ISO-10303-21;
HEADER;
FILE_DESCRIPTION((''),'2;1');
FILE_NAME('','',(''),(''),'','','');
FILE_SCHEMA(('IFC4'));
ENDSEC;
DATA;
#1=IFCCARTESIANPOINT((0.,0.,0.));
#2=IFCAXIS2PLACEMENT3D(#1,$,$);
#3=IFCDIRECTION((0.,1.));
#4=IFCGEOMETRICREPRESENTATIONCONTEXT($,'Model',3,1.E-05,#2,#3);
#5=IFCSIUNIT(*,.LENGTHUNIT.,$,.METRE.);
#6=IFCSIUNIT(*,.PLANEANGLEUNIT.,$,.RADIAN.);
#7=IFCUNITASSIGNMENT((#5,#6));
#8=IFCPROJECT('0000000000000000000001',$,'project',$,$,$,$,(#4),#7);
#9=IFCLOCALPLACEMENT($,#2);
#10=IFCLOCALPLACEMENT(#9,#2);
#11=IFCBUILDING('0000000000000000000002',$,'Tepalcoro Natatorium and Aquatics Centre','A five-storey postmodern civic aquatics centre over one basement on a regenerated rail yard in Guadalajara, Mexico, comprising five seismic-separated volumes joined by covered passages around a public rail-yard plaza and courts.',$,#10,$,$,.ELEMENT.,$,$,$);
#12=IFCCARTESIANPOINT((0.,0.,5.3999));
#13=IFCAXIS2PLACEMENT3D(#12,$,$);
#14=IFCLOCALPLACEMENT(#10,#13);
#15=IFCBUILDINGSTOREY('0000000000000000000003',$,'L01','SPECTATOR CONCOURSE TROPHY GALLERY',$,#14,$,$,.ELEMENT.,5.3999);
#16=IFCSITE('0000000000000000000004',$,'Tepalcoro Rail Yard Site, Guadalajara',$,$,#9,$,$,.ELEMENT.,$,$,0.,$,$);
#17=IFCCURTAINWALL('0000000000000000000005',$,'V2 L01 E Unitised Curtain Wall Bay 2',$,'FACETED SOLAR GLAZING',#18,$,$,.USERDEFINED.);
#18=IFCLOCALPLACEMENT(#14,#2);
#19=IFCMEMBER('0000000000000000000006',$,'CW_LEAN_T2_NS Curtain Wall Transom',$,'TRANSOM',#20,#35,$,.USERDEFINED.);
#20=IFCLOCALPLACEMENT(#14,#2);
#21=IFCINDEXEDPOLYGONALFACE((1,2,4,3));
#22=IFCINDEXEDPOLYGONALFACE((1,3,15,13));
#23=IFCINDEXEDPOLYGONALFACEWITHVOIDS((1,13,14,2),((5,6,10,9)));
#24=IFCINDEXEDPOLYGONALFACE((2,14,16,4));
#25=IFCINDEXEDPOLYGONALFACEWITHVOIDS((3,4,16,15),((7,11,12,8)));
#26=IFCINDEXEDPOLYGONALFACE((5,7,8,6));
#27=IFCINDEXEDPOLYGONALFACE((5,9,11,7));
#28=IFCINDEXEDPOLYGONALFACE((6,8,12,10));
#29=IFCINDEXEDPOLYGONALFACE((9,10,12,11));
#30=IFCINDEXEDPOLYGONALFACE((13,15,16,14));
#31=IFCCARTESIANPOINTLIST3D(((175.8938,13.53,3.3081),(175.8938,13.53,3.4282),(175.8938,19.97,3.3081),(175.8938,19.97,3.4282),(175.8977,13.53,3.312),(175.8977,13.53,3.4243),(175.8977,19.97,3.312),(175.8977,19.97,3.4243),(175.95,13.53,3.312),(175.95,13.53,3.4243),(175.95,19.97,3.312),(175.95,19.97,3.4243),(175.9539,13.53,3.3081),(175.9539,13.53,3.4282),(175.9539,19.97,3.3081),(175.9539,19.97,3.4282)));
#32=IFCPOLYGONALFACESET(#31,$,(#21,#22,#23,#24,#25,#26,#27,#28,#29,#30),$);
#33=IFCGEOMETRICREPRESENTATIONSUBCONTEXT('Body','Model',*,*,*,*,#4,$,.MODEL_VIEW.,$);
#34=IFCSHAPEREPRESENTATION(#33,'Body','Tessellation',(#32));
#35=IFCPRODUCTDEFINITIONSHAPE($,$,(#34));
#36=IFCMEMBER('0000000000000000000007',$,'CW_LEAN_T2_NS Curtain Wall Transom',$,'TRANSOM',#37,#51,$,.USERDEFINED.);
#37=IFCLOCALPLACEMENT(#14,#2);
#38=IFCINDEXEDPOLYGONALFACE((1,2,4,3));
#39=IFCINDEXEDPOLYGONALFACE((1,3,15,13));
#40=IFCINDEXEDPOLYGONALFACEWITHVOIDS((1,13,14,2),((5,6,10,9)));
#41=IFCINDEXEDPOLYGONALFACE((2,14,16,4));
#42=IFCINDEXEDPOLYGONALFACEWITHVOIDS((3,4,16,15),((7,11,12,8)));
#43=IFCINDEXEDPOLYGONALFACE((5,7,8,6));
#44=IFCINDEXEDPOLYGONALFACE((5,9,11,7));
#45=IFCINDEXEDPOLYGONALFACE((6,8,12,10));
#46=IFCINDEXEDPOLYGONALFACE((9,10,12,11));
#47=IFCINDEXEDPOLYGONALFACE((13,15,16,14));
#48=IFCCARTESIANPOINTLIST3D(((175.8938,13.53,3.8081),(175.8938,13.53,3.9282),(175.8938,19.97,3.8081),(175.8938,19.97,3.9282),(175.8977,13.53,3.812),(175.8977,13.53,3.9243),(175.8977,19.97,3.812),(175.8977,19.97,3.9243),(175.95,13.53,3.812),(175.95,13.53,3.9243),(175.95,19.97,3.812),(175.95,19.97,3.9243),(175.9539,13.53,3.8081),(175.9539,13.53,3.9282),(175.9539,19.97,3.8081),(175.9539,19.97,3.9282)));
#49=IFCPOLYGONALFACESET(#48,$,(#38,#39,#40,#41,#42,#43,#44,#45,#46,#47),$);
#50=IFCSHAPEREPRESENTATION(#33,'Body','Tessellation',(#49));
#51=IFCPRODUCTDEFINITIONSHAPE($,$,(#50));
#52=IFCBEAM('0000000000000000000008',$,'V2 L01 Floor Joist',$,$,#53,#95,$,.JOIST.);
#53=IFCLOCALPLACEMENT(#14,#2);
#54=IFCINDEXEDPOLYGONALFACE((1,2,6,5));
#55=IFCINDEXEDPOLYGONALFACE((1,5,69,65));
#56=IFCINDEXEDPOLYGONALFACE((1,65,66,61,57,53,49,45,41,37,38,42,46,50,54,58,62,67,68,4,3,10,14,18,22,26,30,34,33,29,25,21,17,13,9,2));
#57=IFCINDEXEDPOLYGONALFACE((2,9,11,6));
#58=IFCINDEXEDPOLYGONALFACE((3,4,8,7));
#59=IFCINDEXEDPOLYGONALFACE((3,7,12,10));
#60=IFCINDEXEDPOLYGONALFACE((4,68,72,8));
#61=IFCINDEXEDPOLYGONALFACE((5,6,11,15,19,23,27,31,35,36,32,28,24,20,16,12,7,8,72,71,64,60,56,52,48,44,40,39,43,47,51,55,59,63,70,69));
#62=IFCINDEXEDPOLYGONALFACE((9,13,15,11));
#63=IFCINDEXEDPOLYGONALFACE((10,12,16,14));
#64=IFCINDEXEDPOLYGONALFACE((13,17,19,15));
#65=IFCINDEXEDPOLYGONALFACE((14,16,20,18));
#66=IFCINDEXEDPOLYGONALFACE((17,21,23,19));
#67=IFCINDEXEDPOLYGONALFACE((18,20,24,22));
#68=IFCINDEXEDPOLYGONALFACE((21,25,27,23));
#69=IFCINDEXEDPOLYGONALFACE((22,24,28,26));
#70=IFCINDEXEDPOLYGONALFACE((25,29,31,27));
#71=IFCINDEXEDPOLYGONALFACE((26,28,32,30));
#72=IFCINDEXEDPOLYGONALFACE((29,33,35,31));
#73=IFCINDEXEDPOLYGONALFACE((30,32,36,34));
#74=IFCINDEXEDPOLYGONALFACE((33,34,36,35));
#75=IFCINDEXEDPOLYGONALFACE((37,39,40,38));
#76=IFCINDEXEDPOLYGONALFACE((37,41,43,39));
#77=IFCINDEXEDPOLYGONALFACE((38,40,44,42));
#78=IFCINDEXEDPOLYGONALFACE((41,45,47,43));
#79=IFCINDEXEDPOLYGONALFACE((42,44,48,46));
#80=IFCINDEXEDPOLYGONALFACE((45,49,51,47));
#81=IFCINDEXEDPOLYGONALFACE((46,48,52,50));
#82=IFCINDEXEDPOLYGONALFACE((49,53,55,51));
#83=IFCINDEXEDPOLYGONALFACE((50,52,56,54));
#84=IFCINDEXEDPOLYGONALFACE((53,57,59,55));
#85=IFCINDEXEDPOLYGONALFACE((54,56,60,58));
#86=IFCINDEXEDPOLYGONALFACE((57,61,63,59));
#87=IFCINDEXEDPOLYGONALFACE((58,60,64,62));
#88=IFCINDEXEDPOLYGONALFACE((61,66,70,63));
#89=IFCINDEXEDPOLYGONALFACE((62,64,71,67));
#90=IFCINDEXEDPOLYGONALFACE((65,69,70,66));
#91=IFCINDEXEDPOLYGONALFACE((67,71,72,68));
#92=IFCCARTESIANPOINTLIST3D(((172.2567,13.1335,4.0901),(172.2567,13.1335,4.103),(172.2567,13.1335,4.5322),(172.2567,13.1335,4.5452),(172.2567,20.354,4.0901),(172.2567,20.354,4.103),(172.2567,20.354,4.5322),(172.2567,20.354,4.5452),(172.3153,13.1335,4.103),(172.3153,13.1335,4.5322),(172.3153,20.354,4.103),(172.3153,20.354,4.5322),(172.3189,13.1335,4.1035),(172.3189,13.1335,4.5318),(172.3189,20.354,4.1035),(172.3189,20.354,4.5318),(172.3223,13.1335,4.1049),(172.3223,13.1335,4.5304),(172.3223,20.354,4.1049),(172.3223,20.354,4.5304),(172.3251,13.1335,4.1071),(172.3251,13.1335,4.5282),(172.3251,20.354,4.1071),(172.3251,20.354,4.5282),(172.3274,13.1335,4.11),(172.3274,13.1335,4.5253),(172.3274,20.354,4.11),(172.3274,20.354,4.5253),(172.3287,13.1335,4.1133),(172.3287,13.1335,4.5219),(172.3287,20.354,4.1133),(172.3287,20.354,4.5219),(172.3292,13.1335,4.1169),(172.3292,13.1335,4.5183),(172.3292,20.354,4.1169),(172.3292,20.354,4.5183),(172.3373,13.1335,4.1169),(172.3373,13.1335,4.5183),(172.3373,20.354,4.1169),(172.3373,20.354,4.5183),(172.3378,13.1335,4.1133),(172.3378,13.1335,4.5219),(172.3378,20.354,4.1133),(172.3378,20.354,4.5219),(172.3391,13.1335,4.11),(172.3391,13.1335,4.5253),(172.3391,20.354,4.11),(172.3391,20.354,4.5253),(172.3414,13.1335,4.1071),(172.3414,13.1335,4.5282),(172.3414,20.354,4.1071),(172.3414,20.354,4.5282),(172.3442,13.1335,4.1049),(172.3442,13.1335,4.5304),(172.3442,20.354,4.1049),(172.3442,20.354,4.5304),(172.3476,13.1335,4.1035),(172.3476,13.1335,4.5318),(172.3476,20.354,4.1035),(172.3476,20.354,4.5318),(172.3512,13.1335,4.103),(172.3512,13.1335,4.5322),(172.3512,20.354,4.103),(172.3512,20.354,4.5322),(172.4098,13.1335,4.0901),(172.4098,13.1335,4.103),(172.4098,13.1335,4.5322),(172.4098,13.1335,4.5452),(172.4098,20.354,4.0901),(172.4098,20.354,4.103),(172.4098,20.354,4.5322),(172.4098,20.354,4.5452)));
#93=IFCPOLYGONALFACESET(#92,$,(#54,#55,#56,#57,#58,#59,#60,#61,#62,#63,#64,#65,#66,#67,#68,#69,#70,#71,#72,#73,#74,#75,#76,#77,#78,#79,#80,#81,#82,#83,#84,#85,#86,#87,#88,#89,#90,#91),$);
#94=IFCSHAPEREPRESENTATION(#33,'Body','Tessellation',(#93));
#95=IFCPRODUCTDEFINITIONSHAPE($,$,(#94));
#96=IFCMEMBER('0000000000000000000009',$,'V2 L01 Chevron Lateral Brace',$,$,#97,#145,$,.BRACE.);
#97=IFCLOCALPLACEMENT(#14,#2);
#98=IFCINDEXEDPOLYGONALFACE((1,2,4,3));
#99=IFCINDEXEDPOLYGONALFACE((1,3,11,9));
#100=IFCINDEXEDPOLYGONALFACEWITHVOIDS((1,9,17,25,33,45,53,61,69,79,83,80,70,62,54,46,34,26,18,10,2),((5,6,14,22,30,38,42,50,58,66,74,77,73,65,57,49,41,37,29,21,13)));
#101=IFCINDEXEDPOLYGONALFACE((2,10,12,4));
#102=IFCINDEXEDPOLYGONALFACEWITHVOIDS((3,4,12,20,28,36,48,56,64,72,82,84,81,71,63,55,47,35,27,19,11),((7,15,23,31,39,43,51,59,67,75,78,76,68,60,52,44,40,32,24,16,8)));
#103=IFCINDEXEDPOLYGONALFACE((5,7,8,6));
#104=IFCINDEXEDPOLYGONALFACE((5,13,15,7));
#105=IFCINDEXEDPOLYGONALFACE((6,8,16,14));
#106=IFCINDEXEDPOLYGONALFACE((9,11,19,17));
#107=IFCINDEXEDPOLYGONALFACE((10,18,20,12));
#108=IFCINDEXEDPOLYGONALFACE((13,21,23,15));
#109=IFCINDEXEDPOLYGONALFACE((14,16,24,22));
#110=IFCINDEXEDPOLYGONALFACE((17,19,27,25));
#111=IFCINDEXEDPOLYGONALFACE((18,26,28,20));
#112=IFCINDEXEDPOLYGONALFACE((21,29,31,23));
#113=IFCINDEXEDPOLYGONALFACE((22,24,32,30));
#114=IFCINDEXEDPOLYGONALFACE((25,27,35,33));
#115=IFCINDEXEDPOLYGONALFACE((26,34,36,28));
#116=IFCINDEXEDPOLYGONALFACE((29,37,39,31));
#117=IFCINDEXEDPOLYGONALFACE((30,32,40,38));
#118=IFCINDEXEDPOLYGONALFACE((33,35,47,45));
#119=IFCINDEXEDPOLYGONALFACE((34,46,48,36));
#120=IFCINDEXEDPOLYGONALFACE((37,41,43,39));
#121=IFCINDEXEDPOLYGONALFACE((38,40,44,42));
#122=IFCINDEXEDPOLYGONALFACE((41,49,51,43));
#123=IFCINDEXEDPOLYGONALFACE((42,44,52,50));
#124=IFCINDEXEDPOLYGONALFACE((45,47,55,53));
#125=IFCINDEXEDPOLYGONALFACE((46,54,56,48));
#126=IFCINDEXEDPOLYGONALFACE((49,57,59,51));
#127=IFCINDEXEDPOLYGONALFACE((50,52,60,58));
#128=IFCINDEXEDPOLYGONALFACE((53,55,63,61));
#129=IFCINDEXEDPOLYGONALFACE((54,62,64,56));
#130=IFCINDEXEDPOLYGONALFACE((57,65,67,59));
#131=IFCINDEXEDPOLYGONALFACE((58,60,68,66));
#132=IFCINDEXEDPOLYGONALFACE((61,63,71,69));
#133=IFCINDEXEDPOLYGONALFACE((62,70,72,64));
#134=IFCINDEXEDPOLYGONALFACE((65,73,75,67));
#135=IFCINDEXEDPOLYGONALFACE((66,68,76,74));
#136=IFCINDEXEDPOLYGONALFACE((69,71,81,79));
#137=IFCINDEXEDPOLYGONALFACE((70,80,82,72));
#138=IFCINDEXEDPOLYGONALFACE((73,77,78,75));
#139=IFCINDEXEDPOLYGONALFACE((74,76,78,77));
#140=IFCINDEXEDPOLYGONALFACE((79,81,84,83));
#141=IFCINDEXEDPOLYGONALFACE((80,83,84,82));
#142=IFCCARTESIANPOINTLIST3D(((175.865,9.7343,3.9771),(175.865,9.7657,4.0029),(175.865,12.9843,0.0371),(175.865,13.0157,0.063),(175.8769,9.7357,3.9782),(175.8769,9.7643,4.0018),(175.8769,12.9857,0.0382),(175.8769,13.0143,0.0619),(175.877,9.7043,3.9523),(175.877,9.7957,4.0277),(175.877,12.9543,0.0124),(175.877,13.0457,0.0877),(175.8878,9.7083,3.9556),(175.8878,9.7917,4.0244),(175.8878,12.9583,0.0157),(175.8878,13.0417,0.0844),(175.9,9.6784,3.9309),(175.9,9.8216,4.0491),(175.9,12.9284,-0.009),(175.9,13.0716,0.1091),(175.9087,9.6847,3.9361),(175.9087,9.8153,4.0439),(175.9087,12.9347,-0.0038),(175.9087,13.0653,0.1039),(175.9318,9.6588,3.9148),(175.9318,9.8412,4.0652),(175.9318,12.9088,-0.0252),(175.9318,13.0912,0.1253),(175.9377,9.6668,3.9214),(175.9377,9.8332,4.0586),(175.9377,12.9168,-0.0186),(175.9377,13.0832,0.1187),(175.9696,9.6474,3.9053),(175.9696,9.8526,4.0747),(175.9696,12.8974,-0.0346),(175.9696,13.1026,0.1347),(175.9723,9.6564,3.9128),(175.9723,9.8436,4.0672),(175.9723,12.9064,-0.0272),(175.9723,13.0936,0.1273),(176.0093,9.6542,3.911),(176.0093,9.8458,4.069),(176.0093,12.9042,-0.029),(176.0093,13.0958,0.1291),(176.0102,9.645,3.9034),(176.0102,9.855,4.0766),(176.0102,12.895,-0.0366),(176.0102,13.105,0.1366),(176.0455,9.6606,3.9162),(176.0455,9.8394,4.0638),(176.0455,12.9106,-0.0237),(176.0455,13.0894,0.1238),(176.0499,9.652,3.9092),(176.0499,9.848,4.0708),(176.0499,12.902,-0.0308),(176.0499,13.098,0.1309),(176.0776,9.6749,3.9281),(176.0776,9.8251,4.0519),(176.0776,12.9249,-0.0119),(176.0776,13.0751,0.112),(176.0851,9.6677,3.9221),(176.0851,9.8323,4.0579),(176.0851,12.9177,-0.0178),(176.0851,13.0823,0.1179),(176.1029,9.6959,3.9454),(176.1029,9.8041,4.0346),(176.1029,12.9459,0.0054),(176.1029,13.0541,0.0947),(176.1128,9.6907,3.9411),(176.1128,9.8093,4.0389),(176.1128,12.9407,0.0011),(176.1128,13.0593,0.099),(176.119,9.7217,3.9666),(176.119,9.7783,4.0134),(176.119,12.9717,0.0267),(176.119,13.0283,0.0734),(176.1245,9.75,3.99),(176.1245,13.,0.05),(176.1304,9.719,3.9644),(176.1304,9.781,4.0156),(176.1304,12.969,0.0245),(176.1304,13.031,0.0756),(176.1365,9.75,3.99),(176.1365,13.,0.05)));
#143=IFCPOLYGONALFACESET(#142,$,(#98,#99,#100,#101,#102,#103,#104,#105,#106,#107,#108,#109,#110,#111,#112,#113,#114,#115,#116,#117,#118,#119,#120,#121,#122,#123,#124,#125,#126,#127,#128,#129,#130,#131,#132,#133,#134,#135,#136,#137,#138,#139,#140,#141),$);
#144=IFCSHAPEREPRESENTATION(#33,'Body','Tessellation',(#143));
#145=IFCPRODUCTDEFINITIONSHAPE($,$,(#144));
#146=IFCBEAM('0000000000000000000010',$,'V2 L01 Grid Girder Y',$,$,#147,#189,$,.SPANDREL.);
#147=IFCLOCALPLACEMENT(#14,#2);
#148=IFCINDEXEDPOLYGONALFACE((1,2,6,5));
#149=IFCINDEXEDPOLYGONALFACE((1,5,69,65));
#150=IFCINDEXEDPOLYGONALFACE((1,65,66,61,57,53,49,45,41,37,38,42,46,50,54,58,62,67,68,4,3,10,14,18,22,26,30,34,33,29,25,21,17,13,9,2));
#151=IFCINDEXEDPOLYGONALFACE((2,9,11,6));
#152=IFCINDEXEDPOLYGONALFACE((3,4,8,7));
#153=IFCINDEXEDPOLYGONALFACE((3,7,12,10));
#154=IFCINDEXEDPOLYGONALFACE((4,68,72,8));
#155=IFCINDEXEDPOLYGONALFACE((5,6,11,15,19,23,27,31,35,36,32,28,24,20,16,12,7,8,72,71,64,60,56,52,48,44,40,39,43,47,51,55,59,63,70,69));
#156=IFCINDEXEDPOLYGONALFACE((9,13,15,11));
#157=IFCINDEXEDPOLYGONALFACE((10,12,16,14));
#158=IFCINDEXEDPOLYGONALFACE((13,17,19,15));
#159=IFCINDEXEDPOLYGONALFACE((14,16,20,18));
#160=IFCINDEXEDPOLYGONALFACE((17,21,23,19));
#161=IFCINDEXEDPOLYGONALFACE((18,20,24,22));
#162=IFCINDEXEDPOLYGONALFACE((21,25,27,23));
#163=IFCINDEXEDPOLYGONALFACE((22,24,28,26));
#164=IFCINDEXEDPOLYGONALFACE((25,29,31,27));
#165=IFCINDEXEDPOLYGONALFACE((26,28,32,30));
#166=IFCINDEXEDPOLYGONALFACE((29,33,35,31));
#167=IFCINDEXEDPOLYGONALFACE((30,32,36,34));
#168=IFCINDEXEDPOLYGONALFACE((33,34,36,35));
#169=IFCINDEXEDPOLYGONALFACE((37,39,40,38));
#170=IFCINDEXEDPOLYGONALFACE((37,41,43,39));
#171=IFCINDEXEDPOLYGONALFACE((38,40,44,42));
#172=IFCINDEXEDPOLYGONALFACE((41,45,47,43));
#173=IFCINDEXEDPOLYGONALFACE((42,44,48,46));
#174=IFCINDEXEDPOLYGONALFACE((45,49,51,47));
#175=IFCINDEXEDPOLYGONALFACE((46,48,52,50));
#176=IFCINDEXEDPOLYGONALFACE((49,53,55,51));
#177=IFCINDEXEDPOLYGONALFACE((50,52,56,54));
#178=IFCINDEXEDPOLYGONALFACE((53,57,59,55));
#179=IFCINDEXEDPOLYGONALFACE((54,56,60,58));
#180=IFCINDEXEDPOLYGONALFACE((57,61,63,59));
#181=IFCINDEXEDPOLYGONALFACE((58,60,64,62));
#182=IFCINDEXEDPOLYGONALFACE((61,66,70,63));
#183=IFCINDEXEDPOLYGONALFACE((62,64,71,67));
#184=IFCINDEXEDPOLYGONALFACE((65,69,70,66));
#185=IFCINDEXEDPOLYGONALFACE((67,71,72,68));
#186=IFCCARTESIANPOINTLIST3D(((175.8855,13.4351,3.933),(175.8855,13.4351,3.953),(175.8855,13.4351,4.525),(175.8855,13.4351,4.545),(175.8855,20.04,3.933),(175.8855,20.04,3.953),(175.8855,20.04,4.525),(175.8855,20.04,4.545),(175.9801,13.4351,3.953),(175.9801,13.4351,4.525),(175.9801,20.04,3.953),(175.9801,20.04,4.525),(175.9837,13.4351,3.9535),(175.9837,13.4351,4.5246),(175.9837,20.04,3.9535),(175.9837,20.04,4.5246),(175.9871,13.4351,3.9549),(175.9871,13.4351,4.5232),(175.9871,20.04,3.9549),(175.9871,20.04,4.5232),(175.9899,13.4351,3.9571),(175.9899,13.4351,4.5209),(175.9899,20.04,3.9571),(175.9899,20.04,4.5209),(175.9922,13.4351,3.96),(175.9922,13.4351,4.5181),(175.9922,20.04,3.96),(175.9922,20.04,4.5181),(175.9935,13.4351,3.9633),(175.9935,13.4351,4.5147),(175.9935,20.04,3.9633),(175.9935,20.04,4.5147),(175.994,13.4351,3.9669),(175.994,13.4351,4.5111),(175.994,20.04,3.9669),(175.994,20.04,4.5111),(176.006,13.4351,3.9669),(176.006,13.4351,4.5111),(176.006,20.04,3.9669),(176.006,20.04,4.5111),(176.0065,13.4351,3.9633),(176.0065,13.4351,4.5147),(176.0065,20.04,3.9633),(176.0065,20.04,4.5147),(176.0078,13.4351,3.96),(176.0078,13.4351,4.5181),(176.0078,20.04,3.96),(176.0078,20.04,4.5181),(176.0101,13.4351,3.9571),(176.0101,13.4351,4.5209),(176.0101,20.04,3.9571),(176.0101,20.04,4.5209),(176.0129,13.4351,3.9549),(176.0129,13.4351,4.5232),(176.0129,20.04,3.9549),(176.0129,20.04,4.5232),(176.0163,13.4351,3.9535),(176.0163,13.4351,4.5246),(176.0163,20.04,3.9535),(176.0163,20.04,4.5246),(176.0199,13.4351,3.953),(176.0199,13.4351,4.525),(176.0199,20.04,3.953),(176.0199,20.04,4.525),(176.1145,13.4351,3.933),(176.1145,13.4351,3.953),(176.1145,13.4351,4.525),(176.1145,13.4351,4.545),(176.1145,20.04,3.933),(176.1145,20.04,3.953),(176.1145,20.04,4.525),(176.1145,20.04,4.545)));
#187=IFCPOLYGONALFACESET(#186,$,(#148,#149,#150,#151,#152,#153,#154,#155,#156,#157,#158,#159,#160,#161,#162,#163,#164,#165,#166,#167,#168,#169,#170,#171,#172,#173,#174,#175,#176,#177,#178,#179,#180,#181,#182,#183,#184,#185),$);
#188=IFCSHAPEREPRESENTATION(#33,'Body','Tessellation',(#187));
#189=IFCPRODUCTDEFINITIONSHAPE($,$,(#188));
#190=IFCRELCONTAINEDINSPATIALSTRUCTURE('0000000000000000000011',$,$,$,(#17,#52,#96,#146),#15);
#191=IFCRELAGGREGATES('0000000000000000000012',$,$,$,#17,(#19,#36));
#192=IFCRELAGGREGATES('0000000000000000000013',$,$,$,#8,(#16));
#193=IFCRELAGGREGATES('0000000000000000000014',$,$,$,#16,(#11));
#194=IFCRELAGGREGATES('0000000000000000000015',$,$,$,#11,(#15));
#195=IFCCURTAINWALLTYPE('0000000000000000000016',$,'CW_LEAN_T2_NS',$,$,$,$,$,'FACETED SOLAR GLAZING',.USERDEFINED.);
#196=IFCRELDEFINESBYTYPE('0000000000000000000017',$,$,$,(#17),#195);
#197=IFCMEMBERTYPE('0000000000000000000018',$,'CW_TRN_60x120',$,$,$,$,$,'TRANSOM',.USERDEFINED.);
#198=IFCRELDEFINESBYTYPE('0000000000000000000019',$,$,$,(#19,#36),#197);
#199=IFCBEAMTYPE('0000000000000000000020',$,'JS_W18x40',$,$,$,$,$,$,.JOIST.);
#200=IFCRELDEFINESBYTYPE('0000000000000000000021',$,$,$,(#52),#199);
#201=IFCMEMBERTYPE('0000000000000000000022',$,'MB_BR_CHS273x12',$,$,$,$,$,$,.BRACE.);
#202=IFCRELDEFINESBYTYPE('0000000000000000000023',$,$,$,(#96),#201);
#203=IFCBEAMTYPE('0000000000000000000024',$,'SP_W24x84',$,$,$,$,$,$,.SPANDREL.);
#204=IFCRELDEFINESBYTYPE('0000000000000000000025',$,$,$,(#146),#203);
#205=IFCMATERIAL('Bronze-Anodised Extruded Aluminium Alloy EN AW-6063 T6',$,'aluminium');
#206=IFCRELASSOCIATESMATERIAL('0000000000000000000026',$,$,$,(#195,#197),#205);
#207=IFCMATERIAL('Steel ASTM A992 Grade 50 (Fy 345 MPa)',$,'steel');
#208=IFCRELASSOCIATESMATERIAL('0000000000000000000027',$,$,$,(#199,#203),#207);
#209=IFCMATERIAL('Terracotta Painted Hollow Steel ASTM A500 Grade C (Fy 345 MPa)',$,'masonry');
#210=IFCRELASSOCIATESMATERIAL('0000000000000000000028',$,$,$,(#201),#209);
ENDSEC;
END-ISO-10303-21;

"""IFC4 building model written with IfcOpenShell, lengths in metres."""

from ifc_helpers import new_model, si_unit, direction, frame, origin, origin_2d, place, context, subcontext, project, spatial, hollow_rectangle, hollow_circle, i_section, extrude, material, material_profile, profile_set, type_object, element, aggregate, save


model = new_model("IFC4")

# Units and contexts
model_context = context("Model", 3, precision=1e-05, world=origin(), true_north=direction((0.0, 1.0)))
body_context = subcontext(model_context, "Body", "Model", "MODEL_VIEW")
ifc_project = project(units=[si_unit("LENGTHUNIT", "METRE"), si_unit("PLANEANGLEUNIT", "RADIAN")], contexts=[model_context])

# Site, building, storey
site_placement = place(None, origin())
site = spatial("IfcSite", under=ifc_project, at=site_placement, Name="Tepalcoro Rail Yard Site, Guadalajara", CompositionType="ELEMENT", RefElevation=0.0)
building_placement = place(site_placement, origin())
building = spatial("IfcBuilding", under=site, at=building_placement, Name="Tepalcoro Natatorium and Aquatics Centre", Description="A five-storey postmodern civic aquatics centre over one basement on a regenerated rail yard in Guadalajara, Mexico, comprising five seismic-separated volumes joined by covered passages around a public rail-yard plaza and courts.", CompositionType="ELEMENT")
storey_placement = place(building_placement, frame((0.0, 0.0, 5.3999)))
storey = spatial("IfcBuildingStorey", under=building, at=storey_placement, Name="L01", Description="SPECTATOR CONCOURSE TROPHY GALLERY", CompositionType="ELEMENT", Elevation=5.3999)

# Shared definitions
ifc_material_1 = material(Name="Steel ASTM A992 Grade 50 (Fy 345 MPa)", Category="steel")

# Curtain wall, members
ifc_material_2 = material(Name="Bronze-Anodised Extruded Aluminium Alloy EN AW-6063 T6", Category="aluminium")
curtain_wall_type = type_object("IfcCurtainWallType", Name="CW_LEAN_T2_NS", ElementType="FACETED SOLAR GLAZING", PredefinedType="USERDEFINED", material=ifc_material_2)
curtain_wall_placement = place(storey_placement, origin())
curtain_wall = element("IfcCurtainWall", 1, at=curtain_wall_placement, inside=storey, type_object=curtain_wall_type, Name="V2 L01 E Unitised Curtain Wall Bay 2", ObjectType="FACETED SOLAR GLAZING", PredefinedType="USERDEFINED")
ifc_material_profile_1 = material_profile(ifc_material_2, hollow_rectangle(XDim=0.0601, YDim=0.1201, WallThickness=0.0039, at=origin_2d()), Name="AL60X120X4")
ifc_profile_set_1 = profile_set([ifc_material_profile_1], Name="Bronze-Anodised Extruded Aluminium Alloy EN AW-6063 T6")
member_type_1 = type_object("IfcMemberType", Name="CW_TRN_60x120", ElementType="TRANSOM", PredefinedType="USERDEFINED", material=ifc_profile_set_1)
member_1_placement = place(storey_placement, frame((175.9238, 13.53, 3.3682), z_axis=(0.0, 1.0, 0.0), x_axis=(-1.0, 0.0, 0.0)))
member_1 = element("IfcMember", 2, at=member_1_placement, type_object=member_type_1, Name="CW_LEAN_T2_NS Curtain Wall Transom", ObjectType="TRANSOM", PredefinedType="USERDEFINED", context=body_context, shape_type="SweptSolid", body=[
    extrude(hollow_rectangle(XDim=0.0601, YDim=0.1201, WallThickness=0.0039, at=origin_2d()), origin(), (0.0, 0.0, 1.0), 6.4399),
])
member_2_placement = place(storey_placement, frame((175.9238, 13.53, 3.8682), z_axis=(0.0, 1.0, 0.0), x_axis=(-1.0, 0.0, 0.0)))
member_2 = element("IfcMember", 3, at=member_2_placement, type_object=member_type_1, Name="CW_LEAN_T2_NS Curtain Wall Transom", ObjectType="TRANSOM", PredefinedType="USERDEFINED", context=body_context, shape_type="SweptSolid", body=[
    extrude(hollow_rectangle(XDim=0.0601, YDim=0.1201, WallThickness=0.0039, at=origin_2d()), origin(), (0.0, 0.0, 1.0), 6.4399),
])

# Beam
ifc_material_profile_2 = material_profile(ifc_material_1, i_section(OverallWidth=0.1531, OverallDepth=0.4551, WebThickness=0.0081, FlangeThickness=0.0129, FilletRadius=0.0139, at=origin_2d()), Name="W18X40")
ifc_profile_set_2 = profile_set([ifc_material_profile_2], Name="Steel ASTM A992 Grade 50 (Fy 345 MPa)")
beam_type_1 = type_object("IfcBeamType", Name="JS_W18x40", PredefinedType="JOIST", material=ifc_profile_set_2)
beam_1_placement = place(storey_placement, frame((172.3333, 13.1335, 4.3176), z_axis=(0.0, 1.0, 0.0), x_axis=(-1.0, 0.0, 0.0)))
element("IfcBeam", 4, at=beam_1_placement, inside=storey, type_object=beam_type_1, Name="V2 L01 Floor Joist", PredefinedType="JOIST", context=body_context, shape_type="SweptSolid", body=[
    extrude(i_section(OverallWidth=0.1531, OverallDepth=0.4551, WebThickness=0.0081, FlangeThickness=0.0129, FilletRadius=0.0139, at=origin_2d()), origin(), (0.0, 0.0, 1.0), 7.2205),
])

# Member
ifc_material_3 = material(Name="Terracotta Painted Hollow Steel ASTM A500 Grade C (Fy 345 MPa)", Category="masonry")
ifc_material_profile_3 = material_profile(ifc_material_3, hollow_circle(Radius=0.1365, WallThickness=0.012, at=origin_2d()), Name="CHS273X12")
ifc_profile_set_3 = profile_set([ifc_material_profile_3], Name="Terracotta Painted Hollow Steel ASTM A500 Grade C (Fy 345 MPa)")
member_type_2 = type_object("IfcMemberType", Name="MB_BR_CHS273x12", PredefinedType="BRACE", material=ifc_profile_set_3)
member_3_placement = place(storey_placement, frame((176.0, 13.0, 0.05), z_axis=(0.0, -0.63633, 0.771417), x_axis=(1.0, 0.0, 0.0)))
element("IfcMember", 5, at=member_3_placement, inside=storey, type_object=member_type_2, Name="V2 L01 Chevron Lateral Brace", PredefinedType="BRACE", context=body_context, shape_type="SweptSolid", body=[
    extrude(hollow_circle(Radius=0.1365, WallThickness=0.012, at=origin_2d()), origin(), (0.0, 0.0, 1.0), 5.1074),
])

# Beam
ifc_material_profile_4 = material_profile(ifc_material_1, i_section(OverallWidth=0.229, OverallDepth=0.6121, WebThickness=0.012, FlangeThickness=0.02, FilletRadius=0.0139, at=origin_2d()), Name="W24X84")
ifc_profile_set_4 = profile_set([ifc_material_profile_4], Name="Steel ASTM A992 Grade 50 (Fy 345 MPa)")
beam_type_2 = type_object("IfcBeamType", Name="SP_W24x84", PredefinedType="SPANDREL", material=ifc_profile_set_4)
beam_2_placement = place(storey_placement, frame((176.0, 13.4351, 4.239), z_axis=(0.0, 1.0, 0.0), x_axis=(-1.0, 0.0, 0.0)))
element("IfcBeam", 6, at=beam_2_placement, inside=storey, type_object=beam_type_2, Name="V2 L01 Grid Girder Y", PredefinedType="SPANDREL", context=body_context, shape_type="SweptSolid", body=[
    extrude(i_section(OverallWidth=0.229, OverallDepth=0.6121, WebThickness=0.012, FlangeThickness=0.02, FilletRadius=0.0139, at=origin_2d()), origin(), (0.0, 0.0, 1.0), 6.605),
])

aggregate(curtain_wall, [member_1, member_2])

save(model, "model.ifc")
